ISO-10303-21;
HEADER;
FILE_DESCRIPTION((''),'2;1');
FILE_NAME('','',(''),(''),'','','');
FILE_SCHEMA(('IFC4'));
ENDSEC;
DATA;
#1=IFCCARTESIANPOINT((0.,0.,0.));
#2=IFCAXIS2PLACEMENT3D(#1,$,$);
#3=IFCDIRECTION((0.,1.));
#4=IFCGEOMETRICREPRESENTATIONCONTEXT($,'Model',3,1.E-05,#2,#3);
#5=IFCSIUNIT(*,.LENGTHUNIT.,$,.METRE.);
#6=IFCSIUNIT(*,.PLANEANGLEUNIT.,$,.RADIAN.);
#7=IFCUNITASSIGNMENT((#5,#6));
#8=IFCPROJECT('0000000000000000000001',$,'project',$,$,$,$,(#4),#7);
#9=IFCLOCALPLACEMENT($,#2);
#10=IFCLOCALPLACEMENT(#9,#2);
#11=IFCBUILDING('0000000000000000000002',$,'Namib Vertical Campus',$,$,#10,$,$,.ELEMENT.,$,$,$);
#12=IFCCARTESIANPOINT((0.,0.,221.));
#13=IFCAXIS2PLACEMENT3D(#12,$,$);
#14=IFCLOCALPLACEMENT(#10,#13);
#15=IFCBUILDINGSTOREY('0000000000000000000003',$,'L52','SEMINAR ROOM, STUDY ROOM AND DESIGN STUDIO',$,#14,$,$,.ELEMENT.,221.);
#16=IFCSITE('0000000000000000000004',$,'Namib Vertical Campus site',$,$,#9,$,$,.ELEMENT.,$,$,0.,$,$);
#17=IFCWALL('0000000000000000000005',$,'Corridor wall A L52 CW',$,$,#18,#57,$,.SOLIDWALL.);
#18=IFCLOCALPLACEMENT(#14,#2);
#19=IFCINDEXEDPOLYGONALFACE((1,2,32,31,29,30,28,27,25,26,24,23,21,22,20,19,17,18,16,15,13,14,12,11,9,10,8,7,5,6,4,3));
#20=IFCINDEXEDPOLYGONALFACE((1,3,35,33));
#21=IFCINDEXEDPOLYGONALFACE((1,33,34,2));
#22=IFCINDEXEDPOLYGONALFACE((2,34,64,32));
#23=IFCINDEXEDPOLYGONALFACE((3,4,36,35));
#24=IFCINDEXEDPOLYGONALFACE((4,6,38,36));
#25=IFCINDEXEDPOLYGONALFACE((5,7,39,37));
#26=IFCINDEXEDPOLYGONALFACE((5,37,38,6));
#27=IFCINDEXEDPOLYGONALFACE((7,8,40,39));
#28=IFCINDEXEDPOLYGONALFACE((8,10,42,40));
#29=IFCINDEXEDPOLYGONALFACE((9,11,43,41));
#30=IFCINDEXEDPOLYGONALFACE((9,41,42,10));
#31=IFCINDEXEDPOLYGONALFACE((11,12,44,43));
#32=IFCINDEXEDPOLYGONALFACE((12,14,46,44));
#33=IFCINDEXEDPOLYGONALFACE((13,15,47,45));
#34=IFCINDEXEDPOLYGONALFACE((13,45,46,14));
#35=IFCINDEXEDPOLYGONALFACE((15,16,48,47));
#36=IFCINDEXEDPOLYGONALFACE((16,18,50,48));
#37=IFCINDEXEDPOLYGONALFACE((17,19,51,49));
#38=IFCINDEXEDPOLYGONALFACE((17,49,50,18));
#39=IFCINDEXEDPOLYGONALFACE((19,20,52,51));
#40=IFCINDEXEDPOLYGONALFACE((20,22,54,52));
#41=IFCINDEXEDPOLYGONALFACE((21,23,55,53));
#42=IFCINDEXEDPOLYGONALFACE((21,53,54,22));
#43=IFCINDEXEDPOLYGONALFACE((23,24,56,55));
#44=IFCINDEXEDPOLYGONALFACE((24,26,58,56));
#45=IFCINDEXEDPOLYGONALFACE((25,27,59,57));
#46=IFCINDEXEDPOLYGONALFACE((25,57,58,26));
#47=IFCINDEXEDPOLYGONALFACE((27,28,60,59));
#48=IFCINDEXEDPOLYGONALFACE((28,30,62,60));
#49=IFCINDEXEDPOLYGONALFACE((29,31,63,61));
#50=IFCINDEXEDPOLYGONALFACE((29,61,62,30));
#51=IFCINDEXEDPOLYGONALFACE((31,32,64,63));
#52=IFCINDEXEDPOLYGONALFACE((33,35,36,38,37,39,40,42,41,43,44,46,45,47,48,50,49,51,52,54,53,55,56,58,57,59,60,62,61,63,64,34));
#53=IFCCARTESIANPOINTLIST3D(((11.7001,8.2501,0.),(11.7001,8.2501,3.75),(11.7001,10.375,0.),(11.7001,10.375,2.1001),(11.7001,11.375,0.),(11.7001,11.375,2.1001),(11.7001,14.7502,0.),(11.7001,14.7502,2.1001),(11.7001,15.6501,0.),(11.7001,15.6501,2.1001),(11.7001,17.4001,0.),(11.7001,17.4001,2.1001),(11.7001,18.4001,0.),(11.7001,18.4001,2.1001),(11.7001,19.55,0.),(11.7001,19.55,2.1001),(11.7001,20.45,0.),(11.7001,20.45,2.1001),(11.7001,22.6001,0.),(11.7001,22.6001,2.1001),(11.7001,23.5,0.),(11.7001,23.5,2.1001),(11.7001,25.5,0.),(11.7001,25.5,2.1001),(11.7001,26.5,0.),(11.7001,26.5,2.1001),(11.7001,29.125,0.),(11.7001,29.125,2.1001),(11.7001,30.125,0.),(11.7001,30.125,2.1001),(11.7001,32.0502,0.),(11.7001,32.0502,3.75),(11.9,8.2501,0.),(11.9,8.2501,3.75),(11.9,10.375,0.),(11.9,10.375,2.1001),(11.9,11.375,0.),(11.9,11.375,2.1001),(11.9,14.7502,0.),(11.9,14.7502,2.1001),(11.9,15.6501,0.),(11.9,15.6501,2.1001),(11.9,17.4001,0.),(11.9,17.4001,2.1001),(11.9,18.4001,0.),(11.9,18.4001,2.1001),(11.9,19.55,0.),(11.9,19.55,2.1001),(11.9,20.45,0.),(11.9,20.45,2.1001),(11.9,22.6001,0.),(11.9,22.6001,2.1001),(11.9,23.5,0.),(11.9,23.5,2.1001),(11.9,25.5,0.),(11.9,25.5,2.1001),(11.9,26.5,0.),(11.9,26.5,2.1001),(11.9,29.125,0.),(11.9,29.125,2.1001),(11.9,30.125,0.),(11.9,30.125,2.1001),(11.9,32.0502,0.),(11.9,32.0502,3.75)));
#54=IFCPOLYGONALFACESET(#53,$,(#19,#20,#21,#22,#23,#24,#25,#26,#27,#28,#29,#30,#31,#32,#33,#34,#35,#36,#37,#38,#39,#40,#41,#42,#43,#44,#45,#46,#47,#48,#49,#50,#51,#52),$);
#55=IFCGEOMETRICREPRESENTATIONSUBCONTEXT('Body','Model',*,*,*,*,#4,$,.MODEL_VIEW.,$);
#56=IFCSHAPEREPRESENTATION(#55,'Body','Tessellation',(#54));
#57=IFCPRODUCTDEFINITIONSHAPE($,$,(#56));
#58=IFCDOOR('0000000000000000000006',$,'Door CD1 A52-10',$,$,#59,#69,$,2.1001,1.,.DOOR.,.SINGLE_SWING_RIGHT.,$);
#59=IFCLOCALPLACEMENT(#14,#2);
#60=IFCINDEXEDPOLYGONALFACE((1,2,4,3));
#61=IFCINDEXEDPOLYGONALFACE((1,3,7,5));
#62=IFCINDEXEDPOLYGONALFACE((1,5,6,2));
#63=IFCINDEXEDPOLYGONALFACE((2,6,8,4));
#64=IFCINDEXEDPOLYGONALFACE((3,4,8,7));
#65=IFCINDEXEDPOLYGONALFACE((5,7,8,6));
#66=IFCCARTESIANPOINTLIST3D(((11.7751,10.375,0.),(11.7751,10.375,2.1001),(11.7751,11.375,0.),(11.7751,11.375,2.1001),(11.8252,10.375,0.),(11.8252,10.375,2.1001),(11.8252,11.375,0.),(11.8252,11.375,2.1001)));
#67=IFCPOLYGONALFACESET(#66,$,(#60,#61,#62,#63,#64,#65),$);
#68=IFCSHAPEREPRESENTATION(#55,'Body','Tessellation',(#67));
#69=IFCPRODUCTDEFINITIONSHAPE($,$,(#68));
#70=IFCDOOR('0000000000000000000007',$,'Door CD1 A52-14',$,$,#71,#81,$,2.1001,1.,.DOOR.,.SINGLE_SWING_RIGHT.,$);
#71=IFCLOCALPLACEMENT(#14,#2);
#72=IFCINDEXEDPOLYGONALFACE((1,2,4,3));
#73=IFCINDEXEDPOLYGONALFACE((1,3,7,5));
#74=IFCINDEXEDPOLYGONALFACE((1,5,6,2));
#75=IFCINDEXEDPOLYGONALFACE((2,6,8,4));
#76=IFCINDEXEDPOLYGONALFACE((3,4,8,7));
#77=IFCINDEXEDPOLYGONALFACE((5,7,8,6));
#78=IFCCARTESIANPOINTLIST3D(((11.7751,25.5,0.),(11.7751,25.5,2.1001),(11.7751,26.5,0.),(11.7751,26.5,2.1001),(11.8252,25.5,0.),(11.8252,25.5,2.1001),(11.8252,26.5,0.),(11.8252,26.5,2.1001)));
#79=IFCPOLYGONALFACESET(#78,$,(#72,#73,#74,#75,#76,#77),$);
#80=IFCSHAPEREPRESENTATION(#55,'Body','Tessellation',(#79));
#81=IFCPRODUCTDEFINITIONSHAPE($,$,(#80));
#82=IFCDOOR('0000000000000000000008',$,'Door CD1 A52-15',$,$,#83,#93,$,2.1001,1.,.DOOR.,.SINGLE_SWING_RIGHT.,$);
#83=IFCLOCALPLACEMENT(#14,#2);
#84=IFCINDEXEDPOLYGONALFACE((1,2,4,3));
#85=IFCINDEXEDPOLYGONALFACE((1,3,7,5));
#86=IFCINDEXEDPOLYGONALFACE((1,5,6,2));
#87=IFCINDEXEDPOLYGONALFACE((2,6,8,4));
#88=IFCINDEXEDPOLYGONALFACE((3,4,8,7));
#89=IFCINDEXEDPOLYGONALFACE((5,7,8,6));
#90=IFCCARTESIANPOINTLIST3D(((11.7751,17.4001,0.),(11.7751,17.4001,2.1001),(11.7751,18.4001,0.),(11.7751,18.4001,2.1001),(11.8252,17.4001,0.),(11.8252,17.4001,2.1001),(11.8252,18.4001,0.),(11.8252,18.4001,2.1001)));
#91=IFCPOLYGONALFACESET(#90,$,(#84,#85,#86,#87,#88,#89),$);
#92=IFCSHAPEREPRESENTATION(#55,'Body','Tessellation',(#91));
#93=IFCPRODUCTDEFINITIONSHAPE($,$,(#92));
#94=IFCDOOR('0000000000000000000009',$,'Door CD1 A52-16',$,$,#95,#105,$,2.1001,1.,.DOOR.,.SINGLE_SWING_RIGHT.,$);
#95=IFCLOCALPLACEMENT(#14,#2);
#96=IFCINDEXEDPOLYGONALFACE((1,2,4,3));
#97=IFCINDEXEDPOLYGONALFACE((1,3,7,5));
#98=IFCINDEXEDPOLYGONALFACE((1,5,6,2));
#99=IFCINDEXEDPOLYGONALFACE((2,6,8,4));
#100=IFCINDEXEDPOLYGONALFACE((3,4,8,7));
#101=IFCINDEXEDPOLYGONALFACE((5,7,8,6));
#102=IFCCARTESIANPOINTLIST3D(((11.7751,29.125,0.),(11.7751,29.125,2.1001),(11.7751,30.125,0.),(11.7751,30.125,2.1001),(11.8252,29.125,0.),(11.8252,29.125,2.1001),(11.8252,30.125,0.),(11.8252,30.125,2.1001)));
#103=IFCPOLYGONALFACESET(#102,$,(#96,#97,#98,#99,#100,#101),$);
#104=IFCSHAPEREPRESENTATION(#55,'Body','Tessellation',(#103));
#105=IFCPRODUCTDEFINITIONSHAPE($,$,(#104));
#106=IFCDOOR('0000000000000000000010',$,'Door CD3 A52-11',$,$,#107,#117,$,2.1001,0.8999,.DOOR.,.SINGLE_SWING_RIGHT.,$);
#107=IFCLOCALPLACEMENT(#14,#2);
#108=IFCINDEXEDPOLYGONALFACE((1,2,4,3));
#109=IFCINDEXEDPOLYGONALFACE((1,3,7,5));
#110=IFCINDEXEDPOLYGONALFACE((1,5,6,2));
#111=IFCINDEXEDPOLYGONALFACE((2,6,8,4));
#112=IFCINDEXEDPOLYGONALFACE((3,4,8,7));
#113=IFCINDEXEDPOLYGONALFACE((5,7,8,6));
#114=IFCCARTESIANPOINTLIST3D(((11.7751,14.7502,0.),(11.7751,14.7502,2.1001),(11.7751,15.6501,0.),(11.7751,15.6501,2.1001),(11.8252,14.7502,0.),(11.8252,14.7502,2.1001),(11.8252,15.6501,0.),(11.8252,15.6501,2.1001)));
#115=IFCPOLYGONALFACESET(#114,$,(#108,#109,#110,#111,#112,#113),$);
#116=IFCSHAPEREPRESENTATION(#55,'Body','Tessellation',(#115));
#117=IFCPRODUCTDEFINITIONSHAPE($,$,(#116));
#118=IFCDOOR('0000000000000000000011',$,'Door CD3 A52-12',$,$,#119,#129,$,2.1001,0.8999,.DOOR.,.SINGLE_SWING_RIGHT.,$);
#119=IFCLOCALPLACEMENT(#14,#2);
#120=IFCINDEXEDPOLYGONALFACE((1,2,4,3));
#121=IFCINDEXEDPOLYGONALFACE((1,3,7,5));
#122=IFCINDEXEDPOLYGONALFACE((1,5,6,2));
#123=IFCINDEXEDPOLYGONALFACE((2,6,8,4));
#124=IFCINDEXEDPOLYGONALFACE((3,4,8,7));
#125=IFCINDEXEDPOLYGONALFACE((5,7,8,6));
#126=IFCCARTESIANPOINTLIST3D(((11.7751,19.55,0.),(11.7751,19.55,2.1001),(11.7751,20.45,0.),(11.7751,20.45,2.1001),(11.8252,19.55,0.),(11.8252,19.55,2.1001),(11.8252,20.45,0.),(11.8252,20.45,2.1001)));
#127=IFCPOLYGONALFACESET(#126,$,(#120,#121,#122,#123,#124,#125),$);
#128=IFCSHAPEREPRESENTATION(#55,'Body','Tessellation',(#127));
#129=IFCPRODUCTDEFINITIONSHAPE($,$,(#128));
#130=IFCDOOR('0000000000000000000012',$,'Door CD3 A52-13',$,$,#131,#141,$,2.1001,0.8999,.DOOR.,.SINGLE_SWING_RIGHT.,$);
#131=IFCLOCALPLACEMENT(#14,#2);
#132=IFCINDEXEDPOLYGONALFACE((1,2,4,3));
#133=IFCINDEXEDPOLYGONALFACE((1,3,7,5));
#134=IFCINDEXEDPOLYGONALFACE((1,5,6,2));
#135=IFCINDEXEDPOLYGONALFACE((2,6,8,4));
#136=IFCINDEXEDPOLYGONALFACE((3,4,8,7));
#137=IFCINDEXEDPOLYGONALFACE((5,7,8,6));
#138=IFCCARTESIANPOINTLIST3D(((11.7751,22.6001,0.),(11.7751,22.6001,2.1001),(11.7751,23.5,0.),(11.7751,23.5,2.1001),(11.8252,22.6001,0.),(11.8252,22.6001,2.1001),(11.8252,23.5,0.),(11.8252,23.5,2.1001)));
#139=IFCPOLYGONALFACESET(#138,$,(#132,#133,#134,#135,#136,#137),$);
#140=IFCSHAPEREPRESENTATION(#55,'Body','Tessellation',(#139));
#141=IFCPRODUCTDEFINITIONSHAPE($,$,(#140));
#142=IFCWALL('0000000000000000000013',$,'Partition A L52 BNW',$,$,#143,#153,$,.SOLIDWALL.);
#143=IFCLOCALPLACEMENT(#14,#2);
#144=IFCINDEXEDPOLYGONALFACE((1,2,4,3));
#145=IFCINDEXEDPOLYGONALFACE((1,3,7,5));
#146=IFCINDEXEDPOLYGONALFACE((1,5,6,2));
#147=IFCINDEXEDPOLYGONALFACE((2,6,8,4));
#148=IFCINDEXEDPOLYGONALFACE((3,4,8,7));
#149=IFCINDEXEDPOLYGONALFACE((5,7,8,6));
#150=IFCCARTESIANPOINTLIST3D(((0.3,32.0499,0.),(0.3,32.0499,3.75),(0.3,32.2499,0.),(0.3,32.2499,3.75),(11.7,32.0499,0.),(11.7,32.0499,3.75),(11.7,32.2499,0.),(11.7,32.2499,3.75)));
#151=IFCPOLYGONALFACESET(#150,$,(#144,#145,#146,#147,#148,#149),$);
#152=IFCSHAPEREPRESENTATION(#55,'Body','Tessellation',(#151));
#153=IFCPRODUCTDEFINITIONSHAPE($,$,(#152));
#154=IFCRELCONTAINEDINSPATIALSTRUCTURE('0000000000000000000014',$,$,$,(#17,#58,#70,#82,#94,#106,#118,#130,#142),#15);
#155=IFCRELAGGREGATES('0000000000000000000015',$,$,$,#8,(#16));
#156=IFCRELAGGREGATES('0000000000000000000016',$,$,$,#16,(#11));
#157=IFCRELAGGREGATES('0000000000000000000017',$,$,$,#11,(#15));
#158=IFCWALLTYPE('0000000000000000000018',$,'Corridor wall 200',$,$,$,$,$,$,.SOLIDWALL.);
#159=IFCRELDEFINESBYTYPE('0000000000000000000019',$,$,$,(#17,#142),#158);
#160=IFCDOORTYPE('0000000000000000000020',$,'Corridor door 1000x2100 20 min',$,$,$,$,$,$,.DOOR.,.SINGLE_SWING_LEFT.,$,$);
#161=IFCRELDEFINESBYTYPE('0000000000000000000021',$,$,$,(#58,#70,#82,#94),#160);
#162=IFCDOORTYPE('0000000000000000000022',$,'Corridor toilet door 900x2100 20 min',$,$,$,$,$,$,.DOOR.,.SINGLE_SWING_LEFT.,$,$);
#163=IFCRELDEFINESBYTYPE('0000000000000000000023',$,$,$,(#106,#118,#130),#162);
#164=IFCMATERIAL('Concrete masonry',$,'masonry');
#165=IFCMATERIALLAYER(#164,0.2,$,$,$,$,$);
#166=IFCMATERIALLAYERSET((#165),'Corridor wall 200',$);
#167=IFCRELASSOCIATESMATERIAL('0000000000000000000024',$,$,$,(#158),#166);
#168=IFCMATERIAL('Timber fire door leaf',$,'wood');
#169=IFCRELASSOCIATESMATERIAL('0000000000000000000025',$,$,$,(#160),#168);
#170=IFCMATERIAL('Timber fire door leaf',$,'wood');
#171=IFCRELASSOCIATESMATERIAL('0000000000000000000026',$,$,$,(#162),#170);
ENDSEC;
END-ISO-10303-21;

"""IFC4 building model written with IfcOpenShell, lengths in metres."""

from ifc_helpers import new_model, si_unit, direction, frame, frame_2d, origin, place, context, subcontext, project, spatial, rectangle, extrude, material, layer, layer_set, type_object, element, fill, save


model = new_model("IFC4")

# Units and contexts
model_context = context("Model", 3, precision=1e-05, world=origin(), true_north=direction((0.0, 1.0)))
body_context = subcontext(model_context, "Body", "Model", "MODEL_VIEW")
ifc_project = project(units=[si_unit("LENGTHUNIT", "METRE"), si_unit("PLANEANGLEUNIT", "RADIAN")], contexts=[model_context])

# Site, building, storey
site_placement = place(None, origin())
site = spatial("IfcSite", under=ifc_project, at=site_placement, Name="Namib Vertical Campus site", CompositionType="ELEMENT", RefElevation=0.0)
building_placement = place(site_placement, origin())
building = spatial("IfcBuilding", under=site, at=building_placement, Name="Namib Vertical Campus", CompositionType="ELEMENT")
storey_placement = place(building_placement, frame((0.0, 0.0, 221.0)))
storey = spatial("IfcBuildingStorey", under=building, at=storey_placement, Name="L52", Description="SEMINAR ROOM, STUDY ROOM AND DESIGN STUDIO", CompositionType="ELEMENT", Elevation=221.0)

# Wall, openings, doors
ifc_material_1 = material(Name="Concrete masonry", Category="masonry")
ifc_layer_1 = layer(ifc_material_1, 0.2)
ifc_layer_set_1 = layer_set([ifc_layer_1], Name="Corridor wall 200")
wall_type_1 = type_object("IfcWallType", Name="Corridor wall 200", PredefinedType="SOLIDWALL", material=ifc_layer_set_1)
wall_1_placement = place(storey_placement, frame((11.8, 32.05, 0.0), z_axis=(0.0, 0.0, 1.0), x_axis=(0.0, -1.0, 0.0)))
wall_1 = element("IfcWall", 1, at=wall_1_placement, inside=storey, type_object=wall_type_1, Name="Corridor wall A L52 CW", PredefinedType="SOLIDWALL", context=body_context, shape_type="SweptSolid", body=[
    extrude(rectangle(XDim=23.8, YDim=0.2, at=frame_2d((11.8999, 0.0))), origin(), (0.0, 0.0, 1.0), 3.75),
])
opening_1_placement = place(wall_1_placement, frame((20.675, 0.0, 0.0)))
opening_1 = element("IfcOpeningElement", 2, at=opening_1_placement, cuts=wall_1, PredefinedType="OPENING", context=body_context, shape_type="SweptSolid", body=[
    extrude(rectangle(XDim=1.0, YDim=2.1001, at=frame_2d((0.5, 1.05))), frame((0.0, 0.1099, 0.0), z_axis=(0.0, -1.0, 0.0), x_axis=(1.0, 0.0, 0.0)), (0.0, 0.0, 1.0), 0.22),
])
opening_2_placement = place(wall_1_placement, frame((16.3999, 0.0, 0.0)))
opening_2 = element("IfcOpeningElement", 3, at=opening_2_placement, cuts=wall_1, PredefinedType="OPENING", context=body_context, shape_type="SweptSolid", body=[
    extrude(rectangle(XDim=0.8999, YDim=2.1001, at=frame_2d((0.45, 1.05))), frame((0.0, 0.1099, 0.0), z_axis=(0.0, -1.0, 0.0), x_axis=(1.0, 0.0, 0.0)), (0.0, 0.0, 1.0), 0.22),
])
opening_3_placement = place(wall_1_placement, frame((11.6001, 0.0, 0.0)))
opening_3 = element("IfcOpeningElement", 4, at=opening_3_placement, cuts=wall_1, PredefinedType="OPENING", context=body_context, shape_type="SweptSolid", body=[
    extrude(rectangle(XDim=0.8999, YDim=2.1001, at=frame_2d((0.45, 1.05))), frame((0.0, 0.1099, 0.0), z_axis=(0.0, -1.0, 0.0), x_axis=(1.0, 0.0, 0.0)), (0.0, 0.0, 1.0), 0.22),
])
opening_4_placement = place(wall_1_placement, frame((8.55, 0.0, 0.0)))
opening_4 = element("IfcOpeningElement", 5, at=opening_4_placement, cuts=wall_1, PredefinedType="OPENING", context=body_context, shape_type="SweptSolid", body=[
    extrude(rectangle(XDim=0.8999, YDim=2.1001, at=frame_2d((0.45, 1.05))), frame((0.0, 0.1099, 0.0), z_axis=(0.0, -1.0, 0.0), x_axis=(1.0, 0.0, 0.0)), (0.0, 0.0, 1.0), 0.22),
])
opening_5_placement = place(wall_1_placement, frame((5.55, 0.0, 0.0)))
opening_5 = element("IfcOpeningElement", 6, at=opening_5_placement, cuts=wall_1, PredefinedType="OPENING", context=body_context, shape_type="SweptSolid", body=[
    extrude(rectangle(XDim=1.0, YDim=2.1001, at=frame_2d((0.5, 1.05))), frame((0.0, 0.1099, 0.0), z_axis=(0.0, -1.0, 0.0), x_axis=(1.0, 0.0, 0.0)), (0.0, 0.0, 1.0), 0.22),
])
opening_6_placement = place(wall_1_placement, frame((13.6499, 0.0, 0.0)))
opening_6 = element("IfcOpeningElement", 7, at=opening_6_placement, cuts=wall_1, PredefinedType="OPENING", context=body_context, shape_type="SweptSolid", body=[
    extrude(rectangle(XDim=1.0, YDim=2.1001, at=frame_2d((0.5, 1.05))), frame((0.0, 0.1099, 0.0), z_axis=(0.0, -1.0, 0.0), x_axis=(1.0, 0.0, 0.0)), (0.0, 0.0, 1.0), 0.22),
])
opening_7_placement = place(wall_1_placement, frame((1.925, 0.0, 0.0)))
opening_7 = element("IfcOpeningElement", 8, at=opening_7_placement, cuts=wall_1, PredefinedType="OPENING", context=body_context, shape_type="SweptSolid", body=[
    extrude(rectangle(XDim=1.0, YDim=2.1001, at=frame_2d((0.5, 1.05))), frame((0.0, 0.1099, 0.0), z_axis=(0.0, -1.0, 0.0), x_axis=(1.0, 0.0, 0.0)), (0.0, 0.0, 1.0), 0.22),
])
ifc_material_2 = material(Name="Timber fire door leaf", Category="wood")
door_type_1 = type_object("IfcDoorType", Name="Corridor door 1000x2100 20 min", OperationType="SINGLE_SWING_LEFT", PredefinedType="DOOR", material=ifc_material_2)
door_1_placement = place(opening_1_placement, frame((1.0, 0.0, 0.0), z_axis=(0.0, 0.0, 1.0), x_axis=(-1.0, 0.0, 0.0)))
door_1 = element("IfcDoor", 9, at=door_1_placement, inside=storey, type_object=door_type_1, Name="Door CD1 A52-10", OperationType="SINGLE_SWING_RIGHT", OverallHeight=2.1001, OverallWidth=1.0, PredefinedType="DOOR", context=body_context, shape_type="SweptSolid", body=[
    extrude(rectangle(XDim=1.0, YDim=2.1001, at=frame_2d((0.5, 1.05))), frame((0.0, 0.0249, 0.0), z_axis=(0.0, -1.0, 0.0), x_axis=(1.0, 0.0, 0.0)), (0.0, 0.0, 1.0), 0.05),
])
fill(opening_1, door_1)
door_2_placement = place(opening_5_placement, frame((1.0, 0.0, 0.0), z_axis=(0.0, 0.0, 1.0), x_axis=(-1.0, 0.0, 0.0)))
door_2 = element("IfcDoor", 10, at=door_2_placement, inside=storey, type_object=door_type_1, Name="Door CD1 A52-14", OperationType="SINGLE_SWING_RIGHT", OverallHeight=2.1001, OverallWidth=1.0, PredefinedType="DOOR", context=body_context, shape_type="SweptSolid", body=[
    extrude(rectangle(XDim=1.0, YDim=2.1001, at=frame_2d((0.5, 1.05))), frame((0.0, 0.0249, 0.0), z_axis=(0.0, -1.0, 0.0), x_axis=(1.0, 0.0, 0.0)), (0.0, 0.0, 1.0), 0.05),
])
fill(opening_5, door_2)
door_3_placement = place(opening_6_placement, frame((1.0, 0.0, 0.0), z_axis=(0.0, 0.0, 1.0), x_axis=(-1.0, 0.0, 0.0)))
door_3 = element("IfcDoor", 11, at=door_3_placement, inside=storey, type_object=door_type_1, Name="Door CD1 A52-15", OperationType="SINGLE_SWING_RIGHT", OverallHeight=2.1001, OverallWidth=1.0, PredefinedType="DOOR", context=body_context, shape_type="SweptSolid", body=[
    extrude(rectangle(XDim=1.0, YDim=2.1001, at=frame_2d((0.5, 1.05))), frame((0.0, 0.0249, 0.0), z_axis=(0.0, -1.0, 0.0), x_axis=(1.0, 0.0, 0.0)), (0.0, 0.0, 1.0), 0.05),
])
fill(opening_6, door_3)
door_4_placement = place(opening_7_placement, frame((1.0, 0.0, 0.0), z_axis=(0.0, 0.0, 1.0), x_axis=(-1.0, 0.0, 0.0)))
door_4 = element("IfcDoor", 12, at=door_4_placement, inside=storey, type_object=door_type_1, Name="Door CD1 A52-16", OperationType="SINGLE_SWING_RIGHT", OverallHeight=2.1001, OverallWidth=1.0, PredefinedType="DOOR", context=body_context, shape_type="SweptSolid", body=[
    extrude(rectangle(XDim=1.0, YDim=2.1001, at=frame_2d((0.5, 1.05))), frame((0.0, 0.0249, 0.0), z_axis=(0.0, -1.0, 0.0), x_axis=(1.0, 0.0, 0.0)), (0.0, 0.0, 1.0), 0.05),
])
fill(opening_7, door_4)
ifc_material_3 = material(Name="Timber fire door leaf", Category="wood")
door_type_2 = type_object("IfcDoorType", Name="Corridor toilet door 900x2100 20 min", OperationType="SINGLE_SWING_LEFT", PredefinedType="DOOR", material=ifc_material_3)
door_5_placement = place(opening_2_placement, frame((0.8999, 0.0, 0.0), z_axis=(0.0, 0.0, 1.0), x_axis=(-1.0, 0.0, 0.0)))
door_5 = element("IfcDoor", 13, at=door_5_placement, inside=storey, type_object=door_type_2, Name="Door CD3 A52-11", OperationType="SINGLE_SWING_RIGHT", OverallHeight=2.1001, OverallWidth=0.8999, PredefinedType="DOOR", context=body_context, shape_type="SweptSolid", body=[
    extrude(rectangle(XDim=0.8999, YDim=2.1001, at=frame_2d((0.45, 1.05))), frame((0.0, 0.0249, 0.0), z_axis=(0.0, -1.0, 0.0), x_axis=(1.0, 0.0, 0.0)), (0.0, 0.0, 1.0), 0.05),
])
fill(opening_2, door_5)
door_6_placement = place(opening_3_placement, frame((0.8999, 0.0, 0.0), z_axis=(0.0, 0.0, 1.0), x_axis=(-1.0, 0.0, 0.0)))
door_6 = element("IfcDoor", 14, at=door_6_placement, inside=storey, type_object=door_type_2, Name="Door CD3 A52-12", OperationType="SINGLE_SWING_RIGHT", OverallHeight=2.1001, OverallWidth=0.8999, PredefinedType="DOOR", context=body_context, shape_type="SweptSolid", body=[
    extrude(rectangle(XDim=0.8999, YDim=2.1001, at=frame_2d((0.45, 1.05))), frame((0.0, 0.0249, 0.0), z_axis=(0.0, -1.0, 0.0), x_axis=(1.0, 0.0, 0.0)), (0.0, 0.0, 1.0), 0.05),
])
fill(opening_3, door_6)
door_7_placement = place(opening_4_placement, frame((0.8999, 0.0, 0.0), z_axis=(0.0, 0.0, 1.0), x_axis=(-1.0, 0.0, 0.0)))
door_7 = element("IfcDoor", 15, at=door_7_placement, inside=storey, type_object=door_type_2, Name="Door CD3 A52-13", OperationType="SINGLE_SWING_RIGHT", OverallHeight=2.1001, OverallWidth=0.8999, PredefinedType="DOOR", context=body_context, shape_type="SweptSolid", body=[
    extrude(rectangle(XDim=0.8999, YDim=2.1001, at=frame_2d((0.45, 1.05))), frame((0.0, 0.0249, 0.0), z_axis=(0.0, -1.0, 0.0), x_axis=(1.0, 0.0, 0.0)), (0.0, 0.0, 1.0), 0.05),
])
fill(opening_4, door_7)

# Wall
wall_2_placement = place(storey_placement, frame((0.3, 32.1499, 0.0), z_axis=(0.0, 0.0, 1.0), x_axis=(1.0, 0.0, 0.0)))
element("IfcWall", 16, at=wall_2_placement, inside=storey, type_object=wall_type_1, Name="Partition A L52 BNW", PredefinedType="SOLIDWALL", context=body_context, shape_type="SweptSolid", body=[
    extrude(rectangle(XDim=11.3999, YDim=0.2, at=frame_2d((5.7, 0.0))), origin(), (0.0, 0.0, 1.0), 3.75),
])

save(model, "model.ifc")
